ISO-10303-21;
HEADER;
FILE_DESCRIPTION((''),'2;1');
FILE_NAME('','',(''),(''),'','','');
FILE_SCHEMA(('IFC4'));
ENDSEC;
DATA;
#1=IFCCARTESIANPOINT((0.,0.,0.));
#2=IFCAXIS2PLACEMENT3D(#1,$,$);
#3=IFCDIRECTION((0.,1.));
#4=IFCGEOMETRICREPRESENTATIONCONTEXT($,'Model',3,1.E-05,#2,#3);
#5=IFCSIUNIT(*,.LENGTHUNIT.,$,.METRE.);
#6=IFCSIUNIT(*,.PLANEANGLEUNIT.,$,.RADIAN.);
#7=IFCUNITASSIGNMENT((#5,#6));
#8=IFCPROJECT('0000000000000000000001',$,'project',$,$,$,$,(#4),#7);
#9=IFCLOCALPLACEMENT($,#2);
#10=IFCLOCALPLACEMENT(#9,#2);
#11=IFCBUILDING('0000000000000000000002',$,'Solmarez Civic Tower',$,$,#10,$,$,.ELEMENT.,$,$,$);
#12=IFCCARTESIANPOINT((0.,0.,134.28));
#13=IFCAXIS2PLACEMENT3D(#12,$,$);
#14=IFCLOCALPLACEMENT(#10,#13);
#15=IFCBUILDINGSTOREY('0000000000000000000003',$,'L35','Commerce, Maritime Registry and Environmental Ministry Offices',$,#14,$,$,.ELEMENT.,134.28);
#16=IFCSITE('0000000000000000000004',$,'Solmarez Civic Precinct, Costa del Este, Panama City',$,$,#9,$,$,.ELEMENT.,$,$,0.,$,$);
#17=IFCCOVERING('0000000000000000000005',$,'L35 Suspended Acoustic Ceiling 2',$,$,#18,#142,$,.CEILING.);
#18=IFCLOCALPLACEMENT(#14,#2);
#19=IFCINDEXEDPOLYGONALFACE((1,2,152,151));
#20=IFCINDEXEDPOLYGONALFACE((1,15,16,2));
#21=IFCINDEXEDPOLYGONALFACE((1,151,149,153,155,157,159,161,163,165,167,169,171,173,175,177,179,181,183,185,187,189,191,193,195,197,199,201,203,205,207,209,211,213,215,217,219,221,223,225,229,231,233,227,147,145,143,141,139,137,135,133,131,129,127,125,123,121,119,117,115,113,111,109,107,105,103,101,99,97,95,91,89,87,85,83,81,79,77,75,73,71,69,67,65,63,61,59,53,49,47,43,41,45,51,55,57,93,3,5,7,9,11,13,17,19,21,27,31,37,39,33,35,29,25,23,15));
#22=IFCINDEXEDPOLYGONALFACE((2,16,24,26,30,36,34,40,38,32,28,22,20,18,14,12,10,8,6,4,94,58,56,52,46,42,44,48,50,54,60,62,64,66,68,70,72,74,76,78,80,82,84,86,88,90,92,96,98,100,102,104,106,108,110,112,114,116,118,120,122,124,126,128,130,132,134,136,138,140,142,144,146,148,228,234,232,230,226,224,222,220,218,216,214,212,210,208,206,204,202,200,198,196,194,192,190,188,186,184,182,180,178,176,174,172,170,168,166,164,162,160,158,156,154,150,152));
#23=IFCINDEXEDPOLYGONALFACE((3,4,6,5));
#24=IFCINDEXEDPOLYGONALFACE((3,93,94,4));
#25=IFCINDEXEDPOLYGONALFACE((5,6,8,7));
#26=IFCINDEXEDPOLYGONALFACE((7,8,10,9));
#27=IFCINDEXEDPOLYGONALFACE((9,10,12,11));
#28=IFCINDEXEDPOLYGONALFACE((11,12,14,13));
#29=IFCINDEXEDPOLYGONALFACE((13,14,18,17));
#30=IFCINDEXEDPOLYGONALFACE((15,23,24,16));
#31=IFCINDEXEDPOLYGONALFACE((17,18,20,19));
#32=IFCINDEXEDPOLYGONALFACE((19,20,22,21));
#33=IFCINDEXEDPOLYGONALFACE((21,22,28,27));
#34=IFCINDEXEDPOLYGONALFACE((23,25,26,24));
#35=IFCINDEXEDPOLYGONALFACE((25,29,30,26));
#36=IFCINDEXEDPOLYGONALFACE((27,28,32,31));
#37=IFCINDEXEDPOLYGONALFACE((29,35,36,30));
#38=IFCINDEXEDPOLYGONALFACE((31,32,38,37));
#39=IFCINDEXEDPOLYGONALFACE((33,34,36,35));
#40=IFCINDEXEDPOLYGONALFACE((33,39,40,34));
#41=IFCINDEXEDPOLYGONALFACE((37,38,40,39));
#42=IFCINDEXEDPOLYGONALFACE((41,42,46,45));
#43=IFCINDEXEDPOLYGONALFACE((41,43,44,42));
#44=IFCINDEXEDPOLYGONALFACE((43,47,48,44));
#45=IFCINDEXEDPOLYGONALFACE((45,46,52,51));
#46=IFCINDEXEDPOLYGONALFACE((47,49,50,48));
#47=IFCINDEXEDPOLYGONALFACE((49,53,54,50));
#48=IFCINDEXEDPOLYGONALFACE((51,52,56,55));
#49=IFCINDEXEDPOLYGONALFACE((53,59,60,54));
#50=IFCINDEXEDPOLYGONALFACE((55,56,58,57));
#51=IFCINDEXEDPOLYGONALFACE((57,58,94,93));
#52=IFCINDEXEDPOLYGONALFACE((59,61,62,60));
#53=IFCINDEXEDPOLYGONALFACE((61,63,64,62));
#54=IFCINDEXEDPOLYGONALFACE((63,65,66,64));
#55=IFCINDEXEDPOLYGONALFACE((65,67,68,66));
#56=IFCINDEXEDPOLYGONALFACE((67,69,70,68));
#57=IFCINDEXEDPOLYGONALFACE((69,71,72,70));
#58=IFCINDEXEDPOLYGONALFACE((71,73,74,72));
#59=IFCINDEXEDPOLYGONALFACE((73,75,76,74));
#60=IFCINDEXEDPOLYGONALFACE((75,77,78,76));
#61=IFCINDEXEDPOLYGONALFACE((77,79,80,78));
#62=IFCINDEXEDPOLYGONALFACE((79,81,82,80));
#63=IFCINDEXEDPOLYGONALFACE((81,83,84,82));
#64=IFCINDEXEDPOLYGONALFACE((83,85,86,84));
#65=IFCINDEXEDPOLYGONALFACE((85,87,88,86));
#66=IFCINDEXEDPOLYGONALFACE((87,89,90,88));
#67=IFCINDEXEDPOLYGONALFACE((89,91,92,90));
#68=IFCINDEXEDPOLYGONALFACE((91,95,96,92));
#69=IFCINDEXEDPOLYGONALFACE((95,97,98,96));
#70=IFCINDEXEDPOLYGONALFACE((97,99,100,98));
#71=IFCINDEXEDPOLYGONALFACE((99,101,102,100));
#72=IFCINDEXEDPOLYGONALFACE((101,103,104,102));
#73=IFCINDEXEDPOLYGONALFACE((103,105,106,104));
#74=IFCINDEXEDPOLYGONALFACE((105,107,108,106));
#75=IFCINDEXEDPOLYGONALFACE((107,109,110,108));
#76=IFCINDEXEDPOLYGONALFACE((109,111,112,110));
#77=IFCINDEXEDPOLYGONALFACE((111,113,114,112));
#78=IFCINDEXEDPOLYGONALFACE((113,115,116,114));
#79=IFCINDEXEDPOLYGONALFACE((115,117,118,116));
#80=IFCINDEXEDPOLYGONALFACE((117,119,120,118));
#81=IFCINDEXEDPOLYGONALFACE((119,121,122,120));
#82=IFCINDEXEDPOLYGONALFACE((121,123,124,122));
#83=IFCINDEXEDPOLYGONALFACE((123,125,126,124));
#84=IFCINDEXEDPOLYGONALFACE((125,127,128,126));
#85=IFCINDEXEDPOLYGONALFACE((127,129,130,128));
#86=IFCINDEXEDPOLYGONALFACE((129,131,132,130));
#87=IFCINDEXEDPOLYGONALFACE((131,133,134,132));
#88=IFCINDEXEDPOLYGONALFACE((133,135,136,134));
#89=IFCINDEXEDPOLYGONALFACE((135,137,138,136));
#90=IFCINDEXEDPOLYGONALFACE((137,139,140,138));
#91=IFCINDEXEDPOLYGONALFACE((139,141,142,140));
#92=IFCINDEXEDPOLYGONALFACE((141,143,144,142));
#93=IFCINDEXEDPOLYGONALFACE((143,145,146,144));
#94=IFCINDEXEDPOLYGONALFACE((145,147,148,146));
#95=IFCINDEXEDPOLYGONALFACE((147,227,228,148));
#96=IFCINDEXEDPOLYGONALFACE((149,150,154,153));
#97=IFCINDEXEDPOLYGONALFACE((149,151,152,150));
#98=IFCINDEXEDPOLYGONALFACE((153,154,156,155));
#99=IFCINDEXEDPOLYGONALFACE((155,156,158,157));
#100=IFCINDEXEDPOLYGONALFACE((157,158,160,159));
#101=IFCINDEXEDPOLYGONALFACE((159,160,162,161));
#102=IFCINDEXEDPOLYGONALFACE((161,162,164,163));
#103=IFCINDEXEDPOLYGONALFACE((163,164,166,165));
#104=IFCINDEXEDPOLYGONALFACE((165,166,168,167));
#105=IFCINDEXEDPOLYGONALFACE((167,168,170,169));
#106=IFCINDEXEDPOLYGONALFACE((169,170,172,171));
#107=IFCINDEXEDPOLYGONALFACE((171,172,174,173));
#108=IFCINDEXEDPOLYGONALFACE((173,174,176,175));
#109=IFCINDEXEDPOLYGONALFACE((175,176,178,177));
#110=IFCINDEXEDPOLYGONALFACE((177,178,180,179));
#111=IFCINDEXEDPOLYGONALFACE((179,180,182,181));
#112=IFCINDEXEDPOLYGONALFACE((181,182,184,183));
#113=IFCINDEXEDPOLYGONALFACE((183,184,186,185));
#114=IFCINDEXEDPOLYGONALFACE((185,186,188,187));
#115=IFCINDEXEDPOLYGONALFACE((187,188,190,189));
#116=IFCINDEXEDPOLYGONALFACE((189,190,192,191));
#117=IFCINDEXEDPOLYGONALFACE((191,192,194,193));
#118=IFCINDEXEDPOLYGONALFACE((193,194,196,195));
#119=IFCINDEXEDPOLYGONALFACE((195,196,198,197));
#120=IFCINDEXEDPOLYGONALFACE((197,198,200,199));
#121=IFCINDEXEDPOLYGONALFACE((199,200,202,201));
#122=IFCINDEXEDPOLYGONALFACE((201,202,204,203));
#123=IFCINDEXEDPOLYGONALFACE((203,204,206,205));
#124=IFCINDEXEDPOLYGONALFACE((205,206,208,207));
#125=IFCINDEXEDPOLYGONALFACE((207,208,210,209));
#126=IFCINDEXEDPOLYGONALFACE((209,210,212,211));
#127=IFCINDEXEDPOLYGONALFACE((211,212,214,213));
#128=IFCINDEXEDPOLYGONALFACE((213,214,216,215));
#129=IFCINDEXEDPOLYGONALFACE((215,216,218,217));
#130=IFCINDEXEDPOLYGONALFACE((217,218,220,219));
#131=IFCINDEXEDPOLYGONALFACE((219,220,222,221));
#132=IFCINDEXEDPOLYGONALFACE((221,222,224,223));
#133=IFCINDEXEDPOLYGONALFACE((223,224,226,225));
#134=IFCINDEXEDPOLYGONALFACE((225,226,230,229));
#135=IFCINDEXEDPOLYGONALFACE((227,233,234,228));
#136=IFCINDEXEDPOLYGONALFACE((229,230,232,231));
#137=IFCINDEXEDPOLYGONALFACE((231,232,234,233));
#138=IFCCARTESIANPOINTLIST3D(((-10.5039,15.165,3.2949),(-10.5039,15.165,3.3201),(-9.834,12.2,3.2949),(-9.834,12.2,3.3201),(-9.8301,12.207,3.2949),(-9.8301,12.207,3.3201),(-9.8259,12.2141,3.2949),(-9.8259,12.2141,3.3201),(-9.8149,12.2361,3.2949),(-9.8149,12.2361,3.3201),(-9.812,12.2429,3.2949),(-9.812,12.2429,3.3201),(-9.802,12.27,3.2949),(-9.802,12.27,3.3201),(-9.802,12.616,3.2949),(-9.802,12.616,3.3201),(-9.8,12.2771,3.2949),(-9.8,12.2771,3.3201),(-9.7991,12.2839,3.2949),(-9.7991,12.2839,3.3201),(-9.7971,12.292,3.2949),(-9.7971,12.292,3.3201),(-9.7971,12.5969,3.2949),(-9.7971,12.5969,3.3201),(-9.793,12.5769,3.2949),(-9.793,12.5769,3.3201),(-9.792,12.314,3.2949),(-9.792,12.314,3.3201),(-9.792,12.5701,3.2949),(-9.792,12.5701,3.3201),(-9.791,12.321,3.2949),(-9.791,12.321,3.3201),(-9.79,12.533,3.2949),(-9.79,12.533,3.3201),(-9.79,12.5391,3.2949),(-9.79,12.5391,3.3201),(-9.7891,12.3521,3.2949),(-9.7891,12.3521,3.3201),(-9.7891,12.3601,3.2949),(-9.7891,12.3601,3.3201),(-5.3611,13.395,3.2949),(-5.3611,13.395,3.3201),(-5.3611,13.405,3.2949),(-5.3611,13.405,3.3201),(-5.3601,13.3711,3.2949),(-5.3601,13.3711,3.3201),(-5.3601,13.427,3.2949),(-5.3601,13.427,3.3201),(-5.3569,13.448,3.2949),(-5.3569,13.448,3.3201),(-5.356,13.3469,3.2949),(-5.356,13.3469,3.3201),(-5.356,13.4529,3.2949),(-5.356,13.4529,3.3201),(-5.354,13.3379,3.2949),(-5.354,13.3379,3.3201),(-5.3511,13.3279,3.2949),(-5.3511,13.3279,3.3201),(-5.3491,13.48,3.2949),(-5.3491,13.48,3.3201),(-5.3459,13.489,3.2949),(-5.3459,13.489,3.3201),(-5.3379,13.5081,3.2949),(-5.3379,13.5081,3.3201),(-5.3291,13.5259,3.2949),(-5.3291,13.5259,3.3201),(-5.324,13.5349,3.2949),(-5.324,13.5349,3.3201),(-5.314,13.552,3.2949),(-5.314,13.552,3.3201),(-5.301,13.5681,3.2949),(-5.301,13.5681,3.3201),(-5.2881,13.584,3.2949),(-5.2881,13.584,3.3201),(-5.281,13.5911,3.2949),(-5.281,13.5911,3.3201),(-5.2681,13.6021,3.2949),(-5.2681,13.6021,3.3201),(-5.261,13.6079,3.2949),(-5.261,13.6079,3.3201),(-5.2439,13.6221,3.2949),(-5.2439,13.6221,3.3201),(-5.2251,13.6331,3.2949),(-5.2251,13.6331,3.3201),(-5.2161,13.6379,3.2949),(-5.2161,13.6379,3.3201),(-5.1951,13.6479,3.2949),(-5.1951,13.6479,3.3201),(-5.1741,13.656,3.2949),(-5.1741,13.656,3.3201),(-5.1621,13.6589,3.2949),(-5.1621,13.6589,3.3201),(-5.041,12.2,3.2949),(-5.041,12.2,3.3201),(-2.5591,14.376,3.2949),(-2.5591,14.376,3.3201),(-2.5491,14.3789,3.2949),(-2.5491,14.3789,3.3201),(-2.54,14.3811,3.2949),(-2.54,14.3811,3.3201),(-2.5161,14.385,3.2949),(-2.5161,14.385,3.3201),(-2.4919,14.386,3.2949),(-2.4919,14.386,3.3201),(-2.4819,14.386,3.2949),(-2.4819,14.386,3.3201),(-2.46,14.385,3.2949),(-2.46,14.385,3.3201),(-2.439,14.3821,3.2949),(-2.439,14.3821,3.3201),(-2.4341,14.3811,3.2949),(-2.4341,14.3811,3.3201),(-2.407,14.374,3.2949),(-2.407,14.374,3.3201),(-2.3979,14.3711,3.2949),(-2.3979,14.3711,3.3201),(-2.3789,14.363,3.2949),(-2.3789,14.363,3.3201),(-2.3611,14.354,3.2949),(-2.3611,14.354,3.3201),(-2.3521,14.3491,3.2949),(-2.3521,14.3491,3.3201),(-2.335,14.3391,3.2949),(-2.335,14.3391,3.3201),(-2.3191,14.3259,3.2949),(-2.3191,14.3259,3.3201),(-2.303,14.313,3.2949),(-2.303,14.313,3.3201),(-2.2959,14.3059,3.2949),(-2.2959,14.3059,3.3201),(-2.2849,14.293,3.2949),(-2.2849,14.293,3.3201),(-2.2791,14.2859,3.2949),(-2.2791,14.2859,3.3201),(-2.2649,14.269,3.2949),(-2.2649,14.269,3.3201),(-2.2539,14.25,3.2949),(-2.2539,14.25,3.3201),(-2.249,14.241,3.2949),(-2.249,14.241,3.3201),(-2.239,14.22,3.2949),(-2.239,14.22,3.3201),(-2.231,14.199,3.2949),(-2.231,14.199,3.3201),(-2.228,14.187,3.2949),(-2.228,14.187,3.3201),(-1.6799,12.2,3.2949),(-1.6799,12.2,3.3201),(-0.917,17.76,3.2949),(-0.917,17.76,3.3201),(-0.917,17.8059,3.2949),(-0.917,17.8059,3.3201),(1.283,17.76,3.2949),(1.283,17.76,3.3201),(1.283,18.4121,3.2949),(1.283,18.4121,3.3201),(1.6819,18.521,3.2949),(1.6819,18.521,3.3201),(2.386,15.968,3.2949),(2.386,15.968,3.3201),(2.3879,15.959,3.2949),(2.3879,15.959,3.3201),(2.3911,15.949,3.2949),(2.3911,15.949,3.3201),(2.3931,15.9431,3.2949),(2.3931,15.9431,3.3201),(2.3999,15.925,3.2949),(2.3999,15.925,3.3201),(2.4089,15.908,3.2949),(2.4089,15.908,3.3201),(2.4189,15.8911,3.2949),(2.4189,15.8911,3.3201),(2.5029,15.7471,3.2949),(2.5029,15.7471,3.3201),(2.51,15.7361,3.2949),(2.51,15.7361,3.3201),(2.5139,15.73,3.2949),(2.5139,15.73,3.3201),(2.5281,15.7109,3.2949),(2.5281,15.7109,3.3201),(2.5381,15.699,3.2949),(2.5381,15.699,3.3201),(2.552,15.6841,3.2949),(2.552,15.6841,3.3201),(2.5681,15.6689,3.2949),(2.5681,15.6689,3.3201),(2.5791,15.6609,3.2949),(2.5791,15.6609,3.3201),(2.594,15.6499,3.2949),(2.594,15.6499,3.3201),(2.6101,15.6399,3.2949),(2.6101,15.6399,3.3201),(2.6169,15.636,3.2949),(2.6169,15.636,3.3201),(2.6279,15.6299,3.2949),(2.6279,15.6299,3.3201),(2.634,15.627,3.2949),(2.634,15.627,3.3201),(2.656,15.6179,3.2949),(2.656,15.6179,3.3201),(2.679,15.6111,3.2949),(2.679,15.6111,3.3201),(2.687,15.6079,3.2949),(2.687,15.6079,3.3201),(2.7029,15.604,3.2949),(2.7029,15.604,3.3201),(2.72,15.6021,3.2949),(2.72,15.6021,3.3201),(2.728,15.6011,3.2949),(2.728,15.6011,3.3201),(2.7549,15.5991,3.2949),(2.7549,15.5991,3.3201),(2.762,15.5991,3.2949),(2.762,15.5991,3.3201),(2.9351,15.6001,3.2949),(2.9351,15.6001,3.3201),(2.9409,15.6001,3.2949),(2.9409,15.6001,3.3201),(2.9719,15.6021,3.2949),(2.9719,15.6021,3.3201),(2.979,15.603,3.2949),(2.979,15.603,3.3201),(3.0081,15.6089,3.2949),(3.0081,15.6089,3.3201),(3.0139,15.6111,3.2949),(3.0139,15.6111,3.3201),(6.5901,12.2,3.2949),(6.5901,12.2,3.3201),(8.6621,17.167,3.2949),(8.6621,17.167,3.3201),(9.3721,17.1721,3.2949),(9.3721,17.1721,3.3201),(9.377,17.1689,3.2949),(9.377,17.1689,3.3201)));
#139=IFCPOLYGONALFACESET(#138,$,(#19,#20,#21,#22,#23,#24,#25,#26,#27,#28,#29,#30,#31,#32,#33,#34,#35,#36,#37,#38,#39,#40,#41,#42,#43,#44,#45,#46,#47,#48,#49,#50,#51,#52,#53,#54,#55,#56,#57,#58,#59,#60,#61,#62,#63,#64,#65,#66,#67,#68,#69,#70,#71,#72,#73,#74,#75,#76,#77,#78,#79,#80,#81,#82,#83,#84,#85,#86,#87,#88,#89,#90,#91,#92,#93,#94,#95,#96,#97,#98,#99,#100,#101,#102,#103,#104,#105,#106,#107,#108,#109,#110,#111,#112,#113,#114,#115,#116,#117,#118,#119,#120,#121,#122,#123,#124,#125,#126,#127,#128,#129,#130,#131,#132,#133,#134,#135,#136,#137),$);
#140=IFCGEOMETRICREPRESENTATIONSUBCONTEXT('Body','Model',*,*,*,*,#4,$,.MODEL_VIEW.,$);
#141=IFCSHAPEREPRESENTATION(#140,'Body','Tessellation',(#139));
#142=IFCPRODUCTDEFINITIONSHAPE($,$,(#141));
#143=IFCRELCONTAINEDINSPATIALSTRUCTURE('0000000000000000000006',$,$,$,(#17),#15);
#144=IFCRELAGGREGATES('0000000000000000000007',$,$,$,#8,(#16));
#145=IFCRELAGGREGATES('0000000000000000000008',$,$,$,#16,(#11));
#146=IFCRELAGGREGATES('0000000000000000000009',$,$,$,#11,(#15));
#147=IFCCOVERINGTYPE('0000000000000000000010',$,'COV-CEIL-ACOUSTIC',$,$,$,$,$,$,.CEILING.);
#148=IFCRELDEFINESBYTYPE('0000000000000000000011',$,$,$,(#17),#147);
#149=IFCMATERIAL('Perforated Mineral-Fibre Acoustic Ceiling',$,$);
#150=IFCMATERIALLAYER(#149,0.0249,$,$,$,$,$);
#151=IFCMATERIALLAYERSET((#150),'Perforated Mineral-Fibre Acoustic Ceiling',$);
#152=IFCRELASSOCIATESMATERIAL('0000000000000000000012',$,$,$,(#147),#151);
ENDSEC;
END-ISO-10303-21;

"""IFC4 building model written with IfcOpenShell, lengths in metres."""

from ifc_helpers import new_model, si_unit, direction, frame, origin, place, context, subcontext, project, spatial, polyline, outline, extrude, material, layer, layer_set, type_object, element, save


model = new_model("IFC4")

# Units and contexts
model_context = context("Model", 3, precision=1e-05, world=origin(), true_north=direction((0.0, 1.0)))
body_context = subcontext(model_context, "Body", "Model", "MODEL_VIEW")
ifc_project = project(units=[si_unit("LENGTHUNIT", "METRE"), si_unit("PLANEANGLEUNIT", "RADIAN")], contexts=[model_context])

# Site, building, storey
site_placement = place(None, origin())
site = spatial("IfcSite", under=ifc_project, at=site_placement, Name="Solmarez Civic Precinct, Costa del Este, Panama City", CompositionType="ELEMENT", RefElevation=0.0)
building_placement = place(site_placement, origin())
building = spatial("IfcBuilding", under=site, at=building_placement, Name="Solmarez Civic Tower", CompositionType="ELEMENT")
storey_placement = place(building_placement, frame((0.0, 0.0, 134.28)))
storey = spatial("IfcBuildingStorey", under=building, at=storey_placement, Name="L35", Description="Commerce, Maritime Registry and Environmental Ministry Offices", CompositionType="ELEMENT", Elevation=134.28)

# Covering
ifc_material_1 = material(Name="Perforated Mineral-Fibre Acoustic Ceiling")
ifc_layer_1 = layer(ifc_material_1, 0.0249)
ifc_layer_set_1 = layer_set([ifc_layer_1], Name="Perforated Mineral-Fibre Acoustic Ceiling")
covering_type_1 = type_object("IfcCoveringType", Name="COV-CEIL-ACOUSTIC", PredefinedType="CEILING", material=ifc_layer_set_1)
covering_1_placement = place(storey_placement, frame((0.0, 0.0, 3.2949)))
element("IfcCovering", 1, at=covering_1_placement, inside=storey, type_object=covering_type_1, Name="L35 Suspended Acoustic Ceiling 2", PredefinedType="CEILING", context=body_context, shape_type="SweptSolid", body=[
    extrude(outline(polyline([(-10.5039, 15.165), (-9.802, 12.616), (-9.7971, 12.5969), (-9.793, 12.5769), (-9.792, 12.5701), (-9.79, 12.5391), (-9.79, 12.533), (-9.7891, 12.3601), (-9.7891, 12.3521), (-9.791, 12.321), (-9.792, 12.314), (-9.7971, 12.292), (-9.7991, 12.2839), (-9.8, 12.2771), (-9.802, 12.27), (-9.812, 12.2429), (-9.8149, 12.2361), (-9.8259, 12.2141), (-9.8301, 12.207), (-9.834, 12.2), (-5.041, 12.2), (-5.3511, 13.3279), (-5.354, 13.3379), (-5.356, 13.3469), (-5.3601, 13.3711), (-5.3611, 13.395), (-5.3611, 13.405), (-5.3601, 13.427), (-5.3569, 13.448), (-5.356, 13.4529), (-5.3491, 13.48), (-5.3459, 13.489), (-5.3379, 13.5081), (-5.3291, 13.5259), (-5.324, 13.5349), (-5.314, 13.552), (-5.301, 13.5681), (-5.2881, 13.584), (-5.281, 13.5911), (-5.2681, 13.6021), (-5.261, 13.6079), (-5.2439, 13.6221), (-5.2251, 13.6331), (-5.2161, 13.6379), (-5.1951, 13.6479), (-5.1741, 13.656), (-5.1621, 13.6589), (-2.5591, 14.376), (-2.5491, 14.3789), (-2.54, 14.3811), (-2.5161, 14.385), (-2.4919, 14.386), (-2.4819, 14.386), (-2.46, 14.385), (-2.439, 14.3821), (-2.4341, 14.3811), (-2.407, 14.374), (-2.3979, 14.3711), (-2.3789, 14.363), (-2.3611, 14.354), (-2.3521, 14.3491), (-2.335, 14.3391), (-2.3191, 14.3259), (-2.303, 14.313), (-2.2959, 14.3059), (-2.2849, 14.293), (-2.2791, 14.2859), (-2.2649, 14.269), (-2.2539, 14.25), (-2.249, 14.241), (-2.239, 14.22), (-2.231, 14.199), (-2.228, 14.187), (-1.6799, 12.2), (6.5901, 12.2), (9.377, 17.1689), (9.3721, 17.1721), (8.6621, 17.167), (3.0139, 15.6111), (3.0081, 15.6089), (2.979, 15.603), (2.9719, 15.6021), (2.9409, 15.6001), (2.9351, 15.6001), (2.762, 15.5991), (2.7549, 15.5991), (2.728, 15.6011), (2.72, 15.6021), (2.7029, 15.604), (2.687, 15.6079), (2.679, 15.6111), (2.656, 15.6179), (2.634, 15.627), (2.6279, 15.6299), (2.6169, 15.636), (2.6101, 15.6399), (2.594, 15.6499), (2.5791, 15.6609), (2.5681, 15.6689), (2.552, 15.6841), (2.5381, 15.699), (2.5281, 15.7109), (2.5139, 15.73), (2.51, 15.7361), (2.5029, 15.7471), (2.4189, 15.8911), (2.4089, 15.908), (2.3999, 15.925), (2.3931, 15.9431), (2.3911, 15.949), (2.3879, 15.959), (2.386, 15.968), (1.6819, 18.521), (1.283, 18.4121), (1.283, 17.76), (-0.917, 17.76), (-0.917, 17.8059), (-10.5039, 15.165)])), origin(), (0.0, 0.0, 1.0), 0.0251),
])

save(model, "model.ifc")
